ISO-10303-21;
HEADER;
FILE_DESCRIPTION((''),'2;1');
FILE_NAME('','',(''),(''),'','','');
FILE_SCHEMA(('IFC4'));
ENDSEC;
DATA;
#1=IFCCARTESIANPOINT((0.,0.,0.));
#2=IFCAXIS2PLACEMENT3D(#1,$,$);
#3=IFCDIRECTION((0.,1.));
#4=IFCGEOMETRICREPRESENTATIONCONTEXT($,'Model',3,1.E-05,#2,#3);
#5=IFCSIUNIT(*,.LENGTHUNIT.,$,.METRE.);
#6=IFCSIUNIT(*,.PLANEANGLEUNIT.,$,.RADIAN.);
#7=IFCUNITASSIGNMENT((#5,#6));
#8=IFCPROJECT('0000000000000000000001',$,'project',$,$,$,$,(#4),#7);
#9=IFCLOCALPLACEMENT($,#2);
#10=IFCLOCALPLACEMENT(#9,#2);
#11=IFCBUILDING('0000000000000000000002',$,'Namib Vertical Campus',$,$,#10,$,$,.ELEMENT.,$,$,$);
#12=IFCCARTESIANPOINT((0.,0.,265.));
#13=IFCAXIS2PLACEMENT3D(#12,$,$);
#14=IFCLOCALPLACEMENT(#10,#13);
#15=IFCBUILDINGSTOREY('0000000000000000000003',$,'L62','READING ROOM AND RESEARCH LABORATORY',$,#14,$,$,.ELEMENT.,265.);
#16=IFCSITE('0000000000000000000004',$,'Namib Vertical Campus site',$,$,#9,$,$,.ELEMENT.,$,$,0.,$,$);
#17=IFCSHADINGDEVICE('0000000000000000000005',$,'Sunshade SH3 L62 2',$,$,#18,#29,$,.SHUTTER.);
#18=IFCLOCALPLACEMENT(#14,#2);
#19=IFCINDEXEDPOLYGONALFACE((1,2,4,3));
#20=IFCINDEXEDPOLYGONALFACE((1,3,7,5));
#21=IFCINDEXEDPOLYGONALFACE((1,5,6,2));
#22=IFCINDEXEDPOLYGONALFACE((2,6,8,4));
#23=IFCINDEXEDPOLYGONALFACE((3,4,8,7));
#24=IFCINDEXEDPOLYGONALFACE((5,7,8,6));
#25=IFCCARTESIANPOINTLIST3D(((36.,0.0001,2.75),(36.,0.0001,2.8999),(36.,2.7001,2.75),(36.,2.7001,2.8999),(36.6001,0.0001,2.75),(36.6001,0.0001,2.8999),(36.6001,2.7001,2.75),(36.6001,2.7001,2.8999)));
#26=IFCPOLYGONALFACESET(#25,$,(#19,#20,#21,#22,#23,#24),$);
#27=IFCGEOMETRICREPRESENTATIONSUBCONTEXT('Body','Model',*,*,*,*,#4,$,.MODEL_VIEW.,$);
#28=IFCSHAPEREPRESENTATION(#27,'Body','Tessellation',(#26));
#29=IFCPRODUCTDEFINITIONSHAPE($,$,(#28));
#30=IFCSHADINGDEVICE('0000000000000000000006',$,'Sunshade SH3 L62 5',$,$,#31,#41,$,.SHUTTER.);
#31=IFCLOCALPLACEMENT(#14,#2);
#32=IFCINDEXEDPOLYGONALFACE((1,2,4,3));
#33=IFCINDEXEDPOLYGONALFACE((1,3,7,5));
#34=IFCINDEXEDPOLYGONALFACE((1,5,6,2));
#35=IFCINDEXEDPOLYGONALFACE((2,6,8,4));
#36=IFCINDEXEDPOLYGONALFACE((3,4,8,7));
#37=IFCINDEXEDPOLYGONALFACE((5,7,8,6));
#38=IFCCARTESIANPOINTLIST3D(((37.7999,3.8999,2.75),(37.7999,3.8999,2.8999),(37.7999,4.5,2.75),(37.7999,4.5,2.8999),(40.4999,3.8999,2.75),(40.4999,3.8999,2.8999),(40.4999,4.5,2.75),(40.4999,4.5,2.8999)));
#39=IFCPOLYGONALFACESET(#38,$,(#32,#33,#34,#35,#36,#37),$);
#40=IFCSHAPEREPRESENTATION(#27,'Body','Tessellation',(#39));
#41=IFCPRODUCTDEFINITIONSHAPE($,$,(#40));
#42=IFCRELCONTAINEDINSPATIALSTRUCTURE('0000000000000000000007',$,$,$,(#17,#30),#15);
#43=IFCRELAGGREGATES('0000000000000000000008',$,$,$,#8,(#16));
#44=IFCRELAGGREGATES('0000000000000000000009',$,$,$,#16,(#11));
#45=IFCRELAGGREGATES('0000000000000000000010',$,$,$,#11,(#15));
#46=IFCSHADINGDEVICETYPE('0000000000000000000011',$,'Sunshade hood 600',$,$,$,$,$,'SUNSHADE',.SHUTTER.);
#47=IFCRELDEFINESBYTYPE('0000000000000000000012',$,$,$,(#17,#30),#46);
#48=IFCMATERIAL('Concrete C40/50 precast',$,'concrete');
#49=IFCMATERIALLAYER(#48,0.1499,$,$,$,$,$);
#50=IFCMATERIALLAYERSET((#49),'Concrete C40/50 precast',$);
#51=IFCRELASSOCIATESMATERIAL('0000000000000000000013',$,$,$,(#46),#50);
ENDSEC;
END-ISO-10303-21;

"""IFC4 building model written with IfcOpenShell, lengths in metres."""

from ifc_helpers import new_model, si_unit, direction, frame, origin, origin_2d, place, context, subcontext, project, spatial, rectangle, extrude, material, layer, layer_set, type_object, element, save


model = new_model("IFC4")

# Units and contexts
model_context = context("Model", 3, precision=1e-05, world=origin(), true_north=direction((0.0, 1.0)))
body_context = subcontext(model_context, "Body", "Model", "MODEL_VIEW")
ifc_project = project(units=[si_unit("LENGTHUNIT", "METRE"), si_unit("PLANEANGLEUNIT", "RADIAN")], contexts=[model_context])

# Site, building, storey
site_placement = place(None, origin())
site = spatial("IfcSite", under=ifc_project, at=site_placement, Name="Namib Vertical Campus site", CompositionType="ELEMENT", RefElevation=0.0)
building_placement = place(site_placement, origin())
building = spatial("IfcBuilding", under=site, at=building_placement, Name="Namib Vertical Campus", CompositionType="ELEMENT")
storey_placement = place(building_placement, frame((0.0, 0.0, 265.0)))
storey = spatial("IfcBuildingStorey", under=building, at=storey_placement, Name="L62", Description="READING ROOM AND RESEARCH LABORATORY", CompositionType="ELEMENT", Elevation=265.0)

# Shading devices
ifc_material_1 = material(Name="Concrete C40/50 precast", Category="concrete")
ifc_layer_1 = layer(ifc_material_1, 0.1499)
ifc_layer_set_1 = layer_set([ifc_layer_1], Name="Concrete C40/50 precast")
shading_device_type = type_object("IfcShadingDeviceType", Name="Sunshade hood 600", ElementType="SUNSHADE", PredefinedType="SHUTTER", material=ifc_layer_set_1)
for number, where, z_axis, x_axis, name in (
    (1, (36.3, 1.3501, 2.75), (0.0, 0.0, 1.0), (0.0, 1.0, 0.0), "Sunshade SH3 L62 2"),
    (2, (39.1499, 4.2, 2.75), (0.0, 0.0, 1.0), (1.0, 0.0, 0.0), "Sunshade SH3 L62 5"),
):
    element("IfcShadingDevice", number, at=place(storey_placement, frame(where, z_axis=z_axis, x_axis=x_axis)), inside=storey, type_object=shading_device_type, Name=name, PredefinedType="SHUTTER", context=body_context, shape_type="SweptSolid", body=[
        extrude(rectangle(XDim=2.7, YDim=0.6001, at=origin_2d()), origin(), (0.0, 0.0, 1.0), 0.1499),
    ])

save(model, "model.ifc")
